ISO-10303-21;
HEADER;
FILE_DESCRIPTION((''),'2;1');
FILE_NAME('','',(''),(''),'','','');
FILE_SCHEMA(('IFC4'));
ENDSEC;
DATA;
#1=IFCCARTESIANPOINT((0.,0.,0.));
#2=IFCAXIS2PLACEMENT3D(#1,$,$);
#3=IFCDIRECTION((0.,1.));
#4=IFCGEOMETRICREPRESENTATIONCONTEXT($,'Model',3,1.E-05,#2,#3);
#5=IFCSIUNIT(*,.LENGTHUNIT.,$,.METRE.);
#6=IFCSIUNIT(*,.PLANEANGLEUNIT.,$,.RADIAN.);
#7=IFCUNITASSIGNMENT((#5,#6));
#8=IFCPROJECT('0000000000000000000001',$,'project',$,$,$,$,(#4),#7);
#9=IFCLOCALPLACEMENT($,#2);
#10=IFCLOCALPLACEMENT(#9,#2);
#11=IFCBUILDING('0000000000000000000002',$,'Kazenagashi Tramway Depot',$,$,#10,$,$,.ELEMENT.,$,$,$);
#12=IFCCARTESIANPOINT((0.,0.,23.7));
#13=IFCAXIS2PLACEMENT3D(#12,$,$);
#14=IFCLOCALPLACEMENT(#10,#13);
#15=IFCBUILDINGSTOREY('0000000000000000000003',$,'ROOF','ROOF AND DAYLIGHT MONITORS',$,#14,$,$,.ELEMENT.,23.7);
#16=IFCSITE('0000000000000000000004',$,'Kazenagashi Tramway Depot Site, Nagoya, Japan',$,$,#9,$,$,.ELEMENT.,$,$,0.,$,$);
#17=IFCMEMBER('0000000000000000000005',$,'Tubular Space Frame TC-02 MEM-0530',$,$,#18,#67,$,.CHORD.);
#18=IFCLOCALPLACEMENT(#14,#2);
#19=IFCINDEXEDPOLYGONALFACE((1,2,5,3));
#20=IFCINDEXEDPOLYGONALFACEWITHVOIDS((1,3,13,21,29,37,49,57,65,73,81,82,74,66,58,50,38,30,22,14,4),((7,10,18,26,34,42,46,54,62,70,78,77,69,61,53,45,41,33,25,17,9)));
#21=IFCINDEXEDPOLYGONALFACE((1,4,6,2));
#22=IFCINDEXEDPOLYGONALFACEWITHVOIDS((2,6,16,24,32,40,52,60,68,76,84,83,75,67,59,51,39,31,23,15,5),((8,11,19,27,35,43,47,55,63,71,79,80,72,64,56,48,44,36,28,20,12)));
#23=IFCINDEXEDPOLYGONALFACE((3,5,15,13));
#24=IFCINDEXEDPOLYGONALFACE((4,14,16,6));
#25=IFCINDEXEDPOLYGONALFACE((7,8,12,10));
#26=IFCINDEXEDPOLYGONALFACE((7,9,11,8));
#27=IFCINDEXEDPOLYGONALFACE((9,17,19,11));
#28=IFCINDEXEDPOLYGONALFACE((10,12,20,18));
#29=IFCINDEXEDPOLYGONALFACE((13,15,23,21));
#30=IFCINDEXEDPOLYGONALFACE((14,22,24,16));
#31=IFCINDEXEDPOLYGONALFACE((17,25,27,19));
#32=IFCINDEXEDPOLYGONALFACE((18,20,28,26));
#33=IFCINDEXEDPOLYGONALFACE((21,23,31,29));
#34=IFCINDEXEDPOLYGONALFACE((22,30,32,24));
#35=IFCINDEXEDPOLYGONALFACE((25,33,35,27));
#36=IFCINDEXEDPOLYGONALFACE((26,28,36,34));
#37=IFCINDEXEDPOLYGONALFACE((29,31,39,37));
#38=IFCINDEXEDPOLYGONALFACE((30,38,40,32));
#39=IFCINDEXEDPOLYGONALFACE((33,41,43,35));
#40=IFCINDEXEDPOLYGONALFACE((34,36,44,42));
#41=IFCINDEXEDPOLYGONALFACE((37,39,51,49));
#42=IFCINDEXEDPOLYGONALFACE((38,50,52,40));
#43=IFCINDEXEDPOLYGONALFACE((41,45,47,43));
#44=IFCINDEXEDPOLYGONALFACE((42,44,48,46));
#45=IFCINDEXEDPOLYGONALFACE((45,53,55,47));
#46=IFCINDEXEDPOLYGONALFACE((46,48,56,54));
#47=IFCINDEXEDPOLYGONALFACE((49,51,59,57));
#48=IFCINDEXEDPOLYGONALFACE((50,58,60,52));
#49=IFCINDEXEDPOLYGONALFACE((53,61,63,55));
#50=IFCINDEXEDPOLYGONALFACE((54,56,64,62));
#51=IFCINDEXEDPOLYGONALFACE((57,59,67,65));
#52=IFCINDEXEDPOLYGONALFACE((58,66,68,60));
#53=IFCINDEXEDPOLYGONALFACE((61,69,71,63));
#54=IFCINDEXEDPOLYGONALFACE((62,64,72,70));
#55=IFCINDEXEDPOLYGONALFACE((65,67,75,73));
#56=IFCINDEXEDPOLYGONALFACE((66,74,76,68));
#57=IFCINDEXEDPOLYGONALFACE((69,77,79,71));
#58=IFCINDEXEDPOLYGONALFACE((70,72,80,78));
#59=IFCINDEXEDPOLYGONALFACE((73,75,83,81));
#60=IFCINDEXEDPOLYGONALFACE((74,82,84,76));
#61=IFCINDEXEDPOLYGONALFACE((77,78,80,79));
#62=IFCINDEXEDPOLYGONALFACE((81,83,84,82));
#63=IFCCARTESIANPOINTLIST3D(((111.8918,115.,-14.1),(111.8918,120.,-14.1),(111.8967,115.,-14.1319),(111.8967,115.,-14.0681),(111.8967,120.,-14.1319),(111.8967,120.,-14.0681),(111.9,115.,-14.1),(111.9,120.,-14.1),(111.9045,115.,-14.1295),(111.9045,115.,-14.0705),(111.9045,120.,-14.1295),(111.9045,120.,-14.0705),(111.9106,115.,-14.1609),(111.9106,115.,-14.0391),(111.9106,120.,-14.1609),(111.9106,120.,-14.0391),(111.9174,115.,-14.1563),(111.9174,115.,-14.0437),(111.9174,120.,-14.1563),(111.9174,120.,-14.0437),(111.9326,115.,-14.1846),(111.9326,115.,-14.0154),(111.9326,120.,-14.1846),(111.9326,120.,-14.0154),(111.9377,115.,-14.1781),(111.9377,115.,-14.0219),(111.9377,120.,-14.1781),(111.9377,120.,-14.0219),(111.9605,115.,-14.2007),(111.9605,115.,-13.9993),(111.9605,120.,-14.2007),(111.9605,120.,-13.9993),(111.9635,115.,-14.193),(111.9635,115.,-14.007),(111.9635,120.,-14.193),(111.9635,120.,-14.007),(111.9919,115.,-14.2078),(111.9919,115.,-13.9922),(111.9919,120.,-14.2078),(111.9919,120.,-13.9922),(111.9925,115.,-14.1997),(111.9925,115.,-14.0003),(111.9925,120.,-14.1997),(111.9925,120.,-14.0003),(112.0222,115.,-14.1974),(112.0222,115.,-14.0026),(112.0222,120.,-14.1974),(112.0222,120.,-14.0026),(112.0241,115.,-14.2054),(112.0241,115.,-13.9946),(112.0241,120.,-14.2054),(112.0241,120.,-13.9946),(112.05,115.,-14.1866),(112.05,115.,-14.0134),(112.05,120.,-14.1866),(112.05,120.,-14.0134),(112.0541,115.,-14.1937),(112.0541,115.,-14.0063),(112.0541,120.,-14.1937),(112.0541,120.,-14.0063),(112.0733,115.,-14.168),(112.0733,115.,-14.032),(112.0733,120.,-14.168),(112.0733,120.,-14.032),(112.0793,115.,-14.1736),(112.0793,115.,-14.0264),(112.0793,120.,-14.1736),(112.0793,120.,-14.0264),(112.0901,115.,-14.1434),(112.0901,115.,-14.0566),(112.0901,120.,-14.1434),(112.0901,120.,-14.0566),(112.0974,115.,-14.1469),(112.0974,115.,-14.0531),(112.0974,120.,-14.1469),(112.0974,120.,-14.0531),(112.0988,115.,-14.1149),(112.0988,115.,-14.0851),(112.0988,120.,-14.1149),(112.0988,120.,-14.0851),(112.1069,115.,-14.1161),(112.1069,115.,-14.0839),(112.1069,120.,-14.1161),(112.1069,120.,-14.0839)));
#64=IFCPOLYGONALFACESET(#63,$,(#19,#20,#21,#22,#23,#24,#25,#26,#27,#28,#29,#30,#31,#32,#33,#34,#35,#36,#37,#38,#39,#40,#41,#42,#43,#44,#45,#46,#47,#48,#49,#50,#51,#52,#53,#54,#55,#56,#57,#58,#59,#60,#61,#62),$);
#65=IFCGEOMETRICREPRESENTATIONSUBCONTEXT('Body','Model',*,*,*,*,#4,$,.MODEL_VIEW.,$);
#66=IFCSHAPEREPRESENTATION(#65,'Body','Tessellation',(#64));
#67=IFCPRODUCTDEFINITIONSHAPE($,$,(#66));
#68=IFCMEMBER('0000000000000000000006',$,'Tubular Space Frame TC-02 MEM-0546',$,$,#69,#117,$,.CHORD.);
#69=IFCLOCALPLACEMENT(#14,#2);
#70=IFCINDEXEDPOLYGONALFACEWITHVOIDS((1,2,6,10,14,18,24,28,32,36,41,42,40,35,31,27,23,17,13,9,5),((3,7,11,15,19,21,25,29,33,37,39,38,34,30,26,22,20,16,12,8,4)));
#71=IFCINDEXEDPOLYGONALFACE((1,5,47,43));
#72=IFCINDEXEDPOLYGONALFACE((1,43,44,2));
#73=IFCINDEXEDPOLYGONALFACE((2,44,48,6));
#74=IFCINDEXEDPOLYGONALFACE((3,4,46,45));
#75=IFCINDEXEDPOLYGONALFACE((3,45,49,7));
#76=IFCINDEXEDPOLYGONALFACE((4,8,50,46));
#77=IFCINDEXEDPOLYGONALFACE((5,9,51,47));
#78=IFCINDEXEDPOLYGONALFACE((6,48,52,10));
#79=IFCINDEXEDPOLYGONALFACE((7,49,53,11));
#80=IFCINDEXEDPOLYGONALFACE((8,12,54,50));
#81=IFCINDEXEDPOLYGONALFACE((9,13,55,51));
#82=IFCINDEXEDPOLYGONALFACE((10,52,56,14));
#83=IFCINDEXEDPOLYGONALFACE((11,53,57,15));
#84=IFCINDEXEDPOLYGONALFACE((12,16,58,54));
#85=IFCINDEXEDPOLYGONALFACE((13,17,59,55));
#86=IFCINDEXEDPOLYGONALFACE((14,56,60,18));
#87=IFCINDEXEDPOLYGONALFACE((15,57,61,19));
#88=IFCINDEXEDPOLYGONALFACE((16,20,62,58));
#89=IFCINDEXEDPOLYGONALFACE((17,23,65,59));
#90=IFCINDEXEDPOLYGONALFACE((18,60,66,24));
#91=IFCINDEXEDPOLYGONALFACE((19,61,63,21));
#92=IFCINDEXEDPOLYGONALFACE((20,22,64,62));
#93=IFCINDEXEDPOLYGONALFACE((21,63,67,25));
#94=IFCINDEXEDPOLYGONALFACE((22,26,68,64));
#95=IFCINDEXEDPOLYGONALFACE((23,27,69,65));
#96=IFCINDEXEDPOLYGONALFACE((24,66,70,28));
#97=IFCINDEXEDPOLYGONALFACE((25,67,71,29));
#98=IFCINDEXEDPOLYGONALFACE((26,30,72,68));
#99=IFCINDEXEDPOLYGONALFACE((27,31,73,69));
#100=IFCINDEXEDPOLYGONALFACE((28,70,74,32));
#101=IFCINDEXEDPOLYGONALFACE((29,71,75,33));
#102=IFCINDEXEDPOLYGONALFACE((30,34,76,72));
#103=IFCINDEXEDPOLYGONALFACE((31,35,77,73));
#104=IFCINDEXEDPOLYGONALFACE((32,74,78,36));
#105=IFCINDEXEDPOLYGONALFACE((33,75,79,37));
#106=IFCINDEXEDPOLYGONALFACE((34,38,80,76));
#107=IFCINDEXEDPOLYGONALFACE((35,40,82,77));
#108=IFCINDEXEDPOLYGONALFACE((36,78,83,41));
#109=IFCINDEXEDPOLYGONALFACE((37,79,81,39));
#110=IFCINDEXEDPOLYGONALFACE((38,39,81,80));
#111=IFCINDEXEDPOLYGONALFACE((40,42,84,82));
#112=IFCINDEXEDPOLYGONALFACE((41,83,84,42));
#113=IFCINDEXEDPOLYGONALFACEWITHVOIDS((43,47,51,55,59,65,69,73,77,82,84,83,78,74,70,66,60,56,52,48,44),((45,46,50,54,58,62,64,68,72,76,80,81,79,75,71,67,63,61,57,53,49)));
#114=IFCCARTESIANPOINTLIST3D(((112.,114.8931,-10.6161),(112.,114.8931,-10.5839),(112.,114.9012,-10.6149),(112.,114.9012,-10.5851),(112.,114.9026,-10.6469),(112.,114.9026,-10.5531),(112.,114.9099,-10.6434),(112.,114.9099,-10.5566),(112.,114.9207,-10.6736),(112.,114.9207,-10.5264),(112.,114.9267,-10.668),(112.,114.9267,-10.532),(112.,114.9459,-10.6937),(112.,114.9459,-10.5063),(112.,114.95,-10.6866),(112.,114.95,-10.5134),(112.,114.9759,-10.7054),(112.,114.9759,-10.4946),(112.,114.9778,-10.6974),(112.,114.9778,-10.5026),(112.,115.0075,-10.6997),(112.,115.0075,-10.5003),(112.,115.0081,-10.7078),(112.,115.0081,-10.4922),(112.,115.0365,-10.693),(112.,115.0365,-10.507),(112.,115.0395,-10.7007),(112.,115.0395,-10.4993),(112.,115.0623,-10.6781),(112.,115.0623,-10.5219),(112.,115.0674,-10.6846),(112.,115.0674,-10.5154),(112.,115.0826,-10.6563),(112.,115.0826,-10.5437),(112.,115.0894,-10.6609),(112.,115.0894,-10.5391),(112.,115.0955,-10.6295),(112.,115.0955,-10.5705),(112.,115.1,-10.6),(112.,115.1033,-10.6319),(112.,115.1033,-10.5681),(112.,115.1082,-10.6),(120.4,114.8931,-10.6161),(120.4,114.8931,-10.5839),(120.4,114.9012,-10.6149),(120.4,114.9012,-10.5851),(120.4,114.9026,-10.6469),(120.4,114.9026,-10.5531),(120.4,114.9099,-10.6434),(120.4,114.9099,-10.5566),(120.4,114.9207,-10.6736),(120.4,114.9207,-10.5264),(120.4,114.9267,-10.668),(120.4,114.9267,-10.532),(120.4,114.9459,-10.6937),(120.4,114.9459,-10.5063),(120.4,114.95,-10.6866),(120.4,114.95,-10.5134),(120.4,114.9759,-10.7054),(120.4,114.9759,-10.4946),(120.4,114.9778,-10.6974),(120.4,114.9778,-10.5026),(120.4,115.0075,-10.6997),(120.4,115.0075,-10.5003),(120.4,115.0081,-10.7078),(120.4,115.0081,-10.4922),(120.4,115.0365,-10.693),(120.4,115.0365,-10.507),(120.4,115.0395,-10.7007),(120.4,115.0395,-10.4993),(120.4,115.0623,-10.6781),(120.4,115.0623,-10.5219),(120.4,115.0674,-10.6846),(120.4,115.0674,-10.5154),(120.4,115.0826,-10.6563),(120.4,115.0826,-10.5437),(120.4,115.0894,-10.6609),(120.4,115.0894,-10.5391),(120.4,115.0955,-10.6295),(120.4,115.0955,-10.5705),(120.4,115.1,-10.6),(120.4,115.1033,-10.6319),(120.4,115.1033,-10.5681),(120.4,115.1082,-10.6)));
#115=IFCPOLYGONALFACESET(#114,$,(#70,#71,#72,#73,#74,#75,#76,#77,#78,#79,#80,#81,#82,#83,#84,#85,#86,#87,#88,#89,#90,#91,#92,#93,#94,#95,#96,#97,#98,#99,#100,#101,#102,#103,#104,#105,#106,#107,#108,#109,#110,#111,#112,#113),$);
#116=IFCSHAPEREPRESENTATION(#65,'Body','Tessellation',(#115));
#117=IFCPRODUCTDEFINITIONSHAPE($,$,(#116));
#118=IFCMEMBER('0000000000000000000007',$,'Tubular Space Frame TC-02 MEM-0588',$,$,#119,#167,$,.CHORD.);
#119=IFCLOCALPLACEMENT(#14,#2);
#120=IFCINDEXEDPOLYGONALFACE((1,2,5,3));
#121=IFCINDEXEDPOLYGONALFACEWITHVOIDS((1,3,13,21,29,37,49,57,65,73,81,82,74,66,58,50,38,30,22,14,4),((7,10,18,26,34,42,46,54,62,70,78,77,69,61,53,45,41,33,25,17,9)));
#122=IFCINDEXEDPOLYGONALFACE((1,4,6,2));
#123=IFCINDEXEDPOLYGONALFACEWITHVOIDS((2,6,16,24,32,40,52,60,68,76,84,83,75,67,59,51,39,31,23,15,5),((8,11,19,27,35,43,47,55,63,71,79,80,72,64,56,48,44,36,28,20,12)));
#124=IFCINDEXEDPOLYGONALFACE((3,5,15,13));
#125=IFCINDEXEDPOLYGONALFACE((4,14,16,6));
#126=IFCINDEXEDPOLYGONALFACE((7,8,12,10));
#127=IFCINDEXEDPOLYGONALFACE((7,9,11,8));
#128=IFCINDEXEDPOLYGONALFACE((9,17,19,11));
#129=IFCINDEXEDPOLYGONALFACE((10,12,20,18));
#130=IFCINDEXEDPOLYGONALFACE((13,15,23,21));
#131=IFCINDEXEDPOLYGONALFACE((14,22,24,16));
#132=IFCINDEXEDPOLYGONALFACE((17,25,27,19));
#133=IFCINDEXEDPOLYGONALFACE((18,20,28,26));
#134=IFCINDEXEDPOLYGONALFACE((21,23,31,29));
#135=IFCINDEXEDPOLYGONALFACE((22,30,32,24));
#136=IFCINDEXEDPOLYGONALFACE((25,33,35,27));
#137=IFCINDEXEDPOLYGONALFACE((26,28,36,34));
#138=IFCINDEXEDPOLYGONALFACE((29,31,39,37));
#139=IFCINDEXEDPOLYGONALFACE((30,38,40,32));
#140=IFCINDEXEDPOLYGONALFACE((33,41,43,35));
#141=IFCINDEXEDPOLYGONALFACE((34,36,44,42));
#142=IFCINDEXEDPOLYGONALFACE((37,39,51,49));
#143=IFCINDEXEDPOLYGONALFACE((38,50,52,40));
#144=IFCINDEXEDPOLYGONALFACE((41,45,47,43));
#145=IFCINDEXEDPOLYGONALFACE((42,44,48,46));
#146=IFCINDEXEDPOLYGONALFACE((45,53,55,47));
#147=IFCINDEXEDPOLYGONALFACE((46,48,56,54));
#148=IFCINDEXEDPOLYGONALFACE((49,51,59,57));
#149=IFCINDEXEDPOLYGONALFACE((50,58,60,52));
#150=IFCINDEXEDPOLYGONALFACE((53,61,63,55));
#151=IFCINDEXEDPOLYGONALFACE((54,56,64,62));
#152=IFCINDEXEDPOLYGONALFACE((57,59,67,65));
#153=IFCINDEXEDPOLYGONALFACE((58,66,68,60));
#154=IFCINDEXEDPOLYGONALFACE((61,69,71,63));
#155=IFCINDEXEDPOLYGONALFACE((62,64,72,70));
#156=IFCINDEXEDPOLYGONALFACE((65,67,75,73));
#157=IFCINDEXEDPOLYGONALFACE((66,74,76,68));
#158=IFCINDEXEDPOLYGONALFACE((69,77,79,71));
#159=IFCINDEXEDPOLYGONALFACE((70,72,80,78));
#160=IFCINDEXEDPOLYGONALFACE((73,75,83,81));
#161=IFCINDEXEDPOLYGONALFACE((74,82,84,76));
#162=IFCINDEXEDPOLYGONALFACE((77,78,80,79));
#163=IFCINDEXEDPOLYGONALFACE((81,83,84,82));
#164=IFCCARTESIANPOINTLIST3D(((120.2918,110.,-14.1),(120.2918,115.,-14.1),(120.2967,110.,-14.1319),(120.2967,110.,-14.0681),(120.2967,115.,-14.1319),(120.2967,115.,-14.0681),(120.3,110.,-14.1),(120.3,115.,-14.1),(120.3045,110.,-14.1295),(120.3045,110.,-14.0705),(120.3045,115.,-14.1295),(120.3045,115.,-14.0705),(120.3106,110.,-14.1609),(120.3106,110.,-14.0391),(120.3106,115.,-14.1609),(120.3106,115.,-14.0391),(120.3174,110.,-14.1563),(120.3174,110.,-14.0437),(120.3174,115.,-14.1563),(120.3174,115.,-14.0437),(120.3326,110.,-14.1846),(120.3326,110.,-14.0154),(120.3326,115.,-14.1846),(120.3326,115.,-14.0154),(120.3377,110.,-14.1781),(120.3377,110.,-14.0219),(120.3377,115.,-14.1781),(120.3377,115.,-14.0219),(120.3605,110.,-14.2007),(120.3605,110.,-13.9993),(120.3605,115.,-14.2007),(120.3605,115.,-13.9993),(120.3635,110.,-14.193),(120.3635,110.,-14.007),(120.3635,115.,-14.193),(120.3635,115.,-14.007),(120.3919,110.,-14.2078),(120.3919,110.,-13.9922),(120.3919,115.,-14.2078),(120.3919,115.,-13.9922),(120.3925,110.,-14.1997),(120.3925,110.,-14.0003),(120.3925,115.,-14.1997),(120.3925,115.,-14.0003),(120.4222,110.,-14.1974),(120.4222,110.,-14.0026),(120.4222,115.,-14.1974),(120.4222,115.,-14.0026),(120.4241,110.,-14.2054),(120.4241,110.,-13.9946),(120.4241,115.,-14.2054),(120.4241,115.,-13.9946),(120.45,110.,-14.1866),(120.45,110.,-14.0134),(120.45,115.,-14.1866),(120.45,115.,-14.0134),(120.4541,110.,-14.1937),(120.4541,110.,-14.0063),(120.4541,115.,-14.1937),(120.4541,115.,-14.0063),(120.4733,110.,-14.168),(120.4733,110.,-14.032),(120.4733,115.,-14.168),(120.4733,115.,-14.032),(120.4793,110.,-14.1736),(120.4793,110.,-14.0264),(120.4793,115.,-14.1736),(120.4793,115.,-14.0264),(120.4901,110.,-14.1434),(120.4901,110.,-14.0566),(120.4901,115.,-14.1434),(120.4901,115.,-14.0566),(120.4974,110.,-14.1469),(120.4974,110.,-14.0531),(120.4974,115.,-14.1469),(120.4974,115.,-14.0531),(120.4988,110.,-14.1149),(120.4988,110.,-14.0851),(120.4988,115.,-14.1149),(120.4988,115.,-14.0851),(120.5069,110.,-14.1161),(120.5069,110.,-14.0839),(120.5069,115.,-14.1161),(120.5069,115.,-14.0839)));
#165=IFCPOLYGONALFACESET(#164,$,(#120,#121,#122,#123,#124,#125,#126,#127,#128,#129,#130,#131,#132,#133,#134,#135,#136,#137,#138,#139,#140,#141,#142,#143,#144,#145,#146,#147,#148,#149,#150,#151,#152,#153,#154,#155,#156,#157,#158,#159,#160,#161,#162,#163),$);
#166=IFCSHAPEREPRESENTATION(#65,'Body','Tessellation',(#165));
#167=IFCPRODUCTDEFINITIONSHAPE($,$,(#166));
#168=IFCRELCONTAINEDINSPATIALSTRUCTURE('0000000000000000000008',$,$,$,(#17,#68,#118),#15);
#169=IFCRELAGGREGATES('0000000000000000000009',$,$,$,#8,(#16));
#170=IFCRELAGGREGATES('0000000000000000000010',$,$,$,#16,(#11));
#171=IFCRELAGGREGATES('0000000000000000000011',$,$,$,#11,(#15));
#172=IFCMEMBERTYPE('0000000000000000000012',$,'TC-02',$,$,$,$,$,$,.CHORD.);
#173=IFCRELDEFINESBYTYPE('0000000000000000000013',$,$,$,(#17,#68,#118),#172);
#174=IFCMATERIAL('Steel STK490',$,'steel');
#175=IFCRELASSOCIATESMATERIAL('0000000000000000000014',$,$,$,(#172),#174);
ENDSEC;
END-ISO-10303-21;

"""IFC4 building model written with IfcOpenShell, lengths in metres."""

from ifc_helpers import new_model, si_unit, direction, frame, origin, origin_2d, place, context, subcontext, project, spatial, hollow_circle, extrude, material, material_profile, profile_set, type_object, element, save


model = new_model("IFC4")

# Units and contexts
model_context = context("Model", 3, precision=1e-05, world=origin(), true_north=direction((0.0, 1.0)))
body_context = subcontext(model_context, "Body", "Model", "MODEL_VIEW")
ifc_project = project(units=[si_unit("LENGTHUNIT", "METRE"), si_unit("PLANEANGLEUNIT", "RADIAN")], contexts=[model_context])

# Site, building, storey
site_placement = place(None, origin())
site = spatial("IfcSite", under=ifc_project, at=site_placement, Name="Kazenagashi Tramway Depot Site, Nagoya, Japan", CompositionType="ELEMENT", RefElevation=0.0)
building_placement = place(site_placement, origin())
building = spatial("IfcBuilding", under=site, at=building_placement, Name="Kazenagashi Tramway Depot", CompositionType="ELEMENT")
storey_placement = place(building_placement, frame((0.0, 0.0, 23.7)))
storey = spatial("IfcBuildingStorey", under=building, at=storey_placement, Name="ROOF", Description="ROOF AND DAYLIGHT MONITORS", CompositionType="ELEMENT", Elevation=23.7)

# Members
ifc_material_1 = material(Name="Steel STK490", Category="steel")
ifc_material_profile_1 = material_profile(ifc_material_1, hollow_circle(Radius=0.1081, WallThickness=0.0082, at=origin_2d()), Name="CHS-216.3x8.2")
ifc_profile_set_1 = profile_set([ifc_material_profile_1], Name="Steel STK490")
member_type_1 = type_object("IfcMemberType", Name="TC-02", PredefinedType="CHORD", material=ifc_profile_set_1)
for number, where, z_axis, x_axis, name in (
    (1, (112.0, 115.0, -14.1), (0.0, 1.0, 0.0), (-1.0, 0.0, 0.0), "Tubular Space Frame TC-02 MEM-0530"),
):
    element("IfcMember", number, at=place(storey_placement, frame(where, z_axis=z_axis, x_axis=x_axis)), inside=storey, type_object=member_type_1, Name=name, PredefinedType="CHORD", context=body_context, shape_type="SweptSolid", body=[
        extrude(hollow_circle(Radius=0.1081, WallThickness=0.0082, at=origin_2d()), origin(), (0.0, 0.0, 1.0), 5.0),
    ])
member_1_placement = place(storey_placement, frame((112.0, 115.0, -10.6), z_axis=(1.0, 0.0, 0.0), x_axis=(0.0, 1.0, 0.0)))
element("IfcMember", 2, at=member_1_placement, inside=storey, type_object=member_type_1, Name="Tubular Space Frame TC-02 MEM-0546", PredefinedType="CHORD", context=body_context, shape_type="SweptSolid", body=[
    extrude(hollow_circle(Radius=0.1081, WallThickness=0.0082, at=origin_2d()), origin(), (0.0, 0.0, 1.0), 8.4),
])
for number, where, z_axis, x_axis, name in (
    (3, (120.4, 110.0, -14.1), (0.0, 1.0, 0.0), (-1.0, 0.0, 0.0), "Tubular Space Frame TC-02 MEM-0588"),
):
    element("IfcMember", number, at=place(storey_placement, frame(where, z_axis=z_axis, x_axis=x_axis)), inside=storey, type_object=member_type_1, Name=name, PredefinedType="CHORD", context=body_context, shape_type="SweptSolid", body=[
        extrude(hollow_circle(Radius=0.1081, WallThickness=0.0082, at=origin_2d()), origin(), (0.0, 0.0, 1.0), 5.0),
    ])

save(model, "model.ifc")
